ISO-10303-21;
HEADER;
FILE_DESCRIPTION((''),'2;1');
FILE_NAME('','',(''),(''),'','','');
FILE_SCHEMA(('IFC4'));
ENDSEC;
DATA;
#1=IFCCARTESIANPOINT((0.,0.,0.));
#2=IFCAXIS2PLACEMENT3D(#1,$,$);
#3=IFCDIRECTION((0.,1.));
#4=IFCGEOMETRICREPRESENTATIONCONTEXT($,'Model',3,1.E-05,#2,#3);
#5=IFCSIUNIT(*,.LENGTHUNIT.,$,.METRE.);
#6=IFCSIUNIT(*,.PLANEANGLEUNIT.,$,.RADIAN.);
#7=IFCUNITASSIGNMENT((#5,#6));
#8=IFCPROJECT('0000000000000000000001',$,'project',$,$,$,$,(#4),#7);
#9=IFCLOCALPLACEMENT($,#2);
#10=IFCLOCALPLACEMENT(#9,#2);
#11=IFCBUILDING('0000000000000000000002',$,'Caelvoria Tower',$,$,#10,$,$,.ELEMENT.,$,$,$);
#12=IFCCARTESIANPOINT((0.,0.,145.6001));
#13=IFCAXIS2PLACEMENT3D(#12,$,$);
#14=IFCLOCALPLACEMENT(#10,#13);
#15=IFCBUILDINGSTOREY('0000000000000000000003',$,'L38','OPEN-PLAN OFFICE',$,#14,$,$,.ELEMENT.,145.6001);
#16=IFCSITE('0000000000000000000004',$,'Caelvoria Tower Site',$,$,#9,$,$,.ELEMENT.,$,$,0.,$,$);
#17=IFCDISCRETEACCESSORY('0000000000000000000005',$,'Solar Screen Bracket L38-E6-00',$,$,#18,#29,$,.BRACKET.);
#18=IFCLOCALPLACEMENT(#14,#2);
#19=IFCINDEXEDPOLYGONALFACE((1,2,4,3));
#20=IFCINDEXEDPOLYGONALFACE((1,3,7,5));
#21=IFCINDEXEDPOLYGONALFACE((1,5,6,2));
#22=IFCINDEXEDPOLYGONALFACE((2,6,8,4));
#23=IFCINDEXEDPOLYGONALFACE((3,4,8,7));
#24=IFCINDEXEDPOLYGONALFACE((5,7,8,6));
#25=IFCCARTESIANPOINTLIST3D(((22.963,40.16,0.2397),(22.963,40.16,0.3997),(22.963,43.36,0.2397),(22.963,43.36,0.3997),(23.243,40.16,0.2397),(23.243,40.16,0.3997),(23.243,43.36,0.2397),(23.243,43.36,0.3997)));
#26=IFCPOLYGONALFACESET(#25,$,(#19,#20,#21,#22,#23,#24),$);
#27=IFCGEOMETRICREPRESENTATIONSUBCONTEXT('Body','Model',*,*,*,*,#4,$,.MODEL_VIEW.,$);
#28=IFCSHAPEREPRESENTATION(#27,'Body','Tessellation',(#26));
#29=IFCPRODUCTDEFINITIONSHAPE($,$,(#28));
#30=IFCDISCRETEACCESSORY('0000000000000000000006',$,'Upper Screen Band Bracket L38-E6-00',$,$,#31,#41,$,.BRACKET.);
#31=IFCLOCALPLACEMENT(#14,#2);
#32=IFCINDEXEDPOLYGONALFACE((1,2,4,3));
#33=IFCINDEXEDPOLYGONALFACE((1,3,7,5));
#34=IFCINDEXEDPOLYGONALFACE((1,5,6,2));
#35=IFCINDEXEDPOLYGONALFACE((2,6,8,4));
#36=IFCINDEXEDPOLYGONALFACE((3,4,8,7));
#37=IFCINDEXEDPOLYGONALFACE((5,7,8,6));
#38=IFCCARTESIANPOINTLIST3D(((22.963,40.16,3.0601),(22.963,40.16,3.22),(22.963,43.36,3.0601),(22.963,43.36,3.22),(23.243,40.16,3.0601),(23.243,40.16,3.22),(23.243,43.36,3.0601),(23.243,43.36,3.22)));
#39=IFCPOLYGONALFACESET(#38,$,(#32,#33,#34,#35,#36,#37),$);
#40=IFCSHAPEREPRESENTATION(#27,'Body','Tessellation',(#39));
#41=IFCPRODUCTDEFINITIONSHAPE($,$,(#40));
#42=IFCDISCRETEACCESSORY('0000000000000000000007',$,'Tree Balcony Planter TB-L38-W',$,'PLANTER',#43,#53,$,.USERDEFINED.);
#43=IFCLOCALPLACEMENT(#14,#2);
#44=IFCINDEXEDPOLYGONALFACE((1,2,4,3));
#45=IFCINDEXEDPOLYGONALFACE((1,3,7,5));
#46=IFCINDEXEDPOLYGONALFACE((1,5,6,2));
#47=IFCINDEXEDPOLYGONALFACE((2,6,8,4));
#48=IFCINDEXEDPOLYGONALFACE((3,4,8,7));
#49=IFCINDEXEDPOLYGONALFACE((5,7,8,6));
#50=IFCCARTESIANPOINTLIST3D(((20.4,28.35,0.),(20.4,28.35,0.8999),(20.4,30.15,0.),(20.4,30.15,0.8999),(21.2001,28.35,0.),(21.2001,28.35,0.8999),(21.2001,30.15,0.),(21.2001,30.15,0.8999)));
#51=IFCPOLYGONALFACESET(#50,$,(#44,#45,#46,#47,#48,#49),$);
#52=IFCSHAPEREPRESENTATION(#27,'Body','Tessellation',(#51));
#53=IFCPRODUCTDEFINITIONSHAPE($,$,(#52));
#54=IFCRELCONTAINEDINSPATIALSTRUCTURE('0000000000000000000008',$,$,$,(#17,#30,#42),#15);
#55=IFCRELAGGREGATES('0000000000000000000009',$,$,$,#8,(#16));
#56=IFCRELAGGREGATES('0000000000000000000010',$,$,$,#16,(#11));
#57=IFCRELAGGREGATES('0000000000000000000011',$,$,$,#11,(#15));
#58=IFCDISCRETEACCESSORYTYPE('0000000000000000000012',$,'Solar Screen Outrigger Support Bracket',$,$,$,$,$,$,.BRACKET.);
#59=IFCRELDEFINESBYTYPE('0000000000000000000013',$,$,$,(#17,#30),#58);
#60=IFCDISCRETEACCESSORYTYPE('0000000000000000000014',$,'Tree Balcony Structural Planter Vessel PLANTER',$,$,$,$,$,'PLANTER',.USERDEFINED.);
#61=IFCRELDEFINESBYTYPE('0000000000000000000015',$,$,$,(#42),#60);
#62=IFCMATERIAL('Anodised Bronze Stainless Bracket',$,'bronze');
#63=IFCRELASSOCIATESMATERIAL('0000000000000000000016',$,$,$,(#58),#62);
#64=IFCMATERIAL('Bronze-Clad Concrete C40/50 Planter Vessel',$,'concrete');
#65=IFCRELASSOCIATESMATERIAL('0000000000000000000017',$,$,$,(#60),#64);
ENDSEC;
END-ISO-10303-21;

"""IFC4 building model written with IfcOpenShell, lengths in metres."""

from ifc_helpers import new_model, si_unit, direction, frame, origin, origin_2d, place, context, subcontext, project, spatial, rectangle, extrude, material, type_object, element, save


model = new_model("IFC4")

# Units and contexts
model_context = context("Model", 3, precision=1e-05, world=origin(), true_north=direction((0.0, 1.0)))
body_context = subcontext(model_context, "Body", "Model", "MODEL_VIEW")
ifc_project = project(units=[si_unit("LENGTHUNIT", "METRE"), si_unit("PLANEANGLEUNIT", "RADIAN")], contexts=[model_context])

# Site, building, storey
site_placement = place(None, origin())
site = spatial("IfcSite", under=ifc_project, at=site_placement, Name="Caelvoria Tower Site", CompositionType="ELEMENT", RefElevation=0.0)
building_placement = place(site_placement, origin())
building = spatial("IfcBuilding", under=site, at=building_placement, Name="Caelvoria Tower", CompositionType="ELEMENT")
storey_placement = place(building_placement, frame((0.0, 0.0, 145.6001)))
storey = spatial("IfcBuildingStorey", under=building, at=storey_placement, Name="L38", Description="OPEN-PLAN OFFICE", CompositionType="ELEMENT", Elevation=145.6001)

# Discrete accessories
ifc_material_1 = material(Name="Anodised Bronze Stainless Bracket", Category="bronze")
discrete_accessory_type_1 = type_object("IfcDiscreteAccessoryType", Name="Solar Screen Outrigger Support Bracket", PredefinedType="BRACKET", material=ifc_material_1)
for number, where, z_axis, x_axis, name in (
    (1, (23.103, 41.76, 0.2397), (0.0, 0.0, 1.0), (0.0, -1.0, 0.0), "Solar Screen Bracket L38-E6-00"),
    (2, (23.103, 41.76, 3.0601), (0.0, 0.0, 1.0), (0.0, -1.0, 0.0), "Upper Screen Band Bracket L38-E6-00"),
):
    element("IfcDiscreteAccessory", number, at=place(storey_placement, frame(where, z_axis=z_axis, x_axis=x_axis)), inside=storey, type_object=discrete_accessory_type_1, Name=name, PredefinedType="BRACKET", context=body_context, shape_type="SweptSolid", body=[
        extrude(rectangle(XDim=3.2, YDim=0.28, at=origin_2d()), origin(), (0.0, 0.0, 1.0), 0.1599),
    ])
ifc_material_2 = material(Name="Bronze-Clad Concrete C40/50 Planter Vessel", Category="concrete")
discrete_accessory_type_2 = type_object("IfcDiscreteAccessoryType", Name="Tree Balcony Structural Planter Vessel PLANTER", ElementType="PLANTER", PredefinedType="USERDEFINED", material=ifc_material_2)
discrete_accessory_placement = place(storey_placement, frame((20.8, 29.25, 0.0), z_axis=(0.0, 0.0, 1.0), x_axis=(0.0, 1.0, 0.0)))
element("IfcDiscreteAccessory", 3, at=discrete_accessory_placement, inside=storey, type_object=discrete_accessory_type_2, Name="Tree Balcony Planter TB-L38-W", ObjectType="PLANTER", PredefinedType="USERDEFINED", context=body_context, shape_type="SweptSolid", body=[
    extrude(rectangle(XDim=1.8, YDim=0.8, at=origin_2d()), origin(), (0.0, 0.0, 1.0), 0.8999),
])

save(model, "model.ifc")
